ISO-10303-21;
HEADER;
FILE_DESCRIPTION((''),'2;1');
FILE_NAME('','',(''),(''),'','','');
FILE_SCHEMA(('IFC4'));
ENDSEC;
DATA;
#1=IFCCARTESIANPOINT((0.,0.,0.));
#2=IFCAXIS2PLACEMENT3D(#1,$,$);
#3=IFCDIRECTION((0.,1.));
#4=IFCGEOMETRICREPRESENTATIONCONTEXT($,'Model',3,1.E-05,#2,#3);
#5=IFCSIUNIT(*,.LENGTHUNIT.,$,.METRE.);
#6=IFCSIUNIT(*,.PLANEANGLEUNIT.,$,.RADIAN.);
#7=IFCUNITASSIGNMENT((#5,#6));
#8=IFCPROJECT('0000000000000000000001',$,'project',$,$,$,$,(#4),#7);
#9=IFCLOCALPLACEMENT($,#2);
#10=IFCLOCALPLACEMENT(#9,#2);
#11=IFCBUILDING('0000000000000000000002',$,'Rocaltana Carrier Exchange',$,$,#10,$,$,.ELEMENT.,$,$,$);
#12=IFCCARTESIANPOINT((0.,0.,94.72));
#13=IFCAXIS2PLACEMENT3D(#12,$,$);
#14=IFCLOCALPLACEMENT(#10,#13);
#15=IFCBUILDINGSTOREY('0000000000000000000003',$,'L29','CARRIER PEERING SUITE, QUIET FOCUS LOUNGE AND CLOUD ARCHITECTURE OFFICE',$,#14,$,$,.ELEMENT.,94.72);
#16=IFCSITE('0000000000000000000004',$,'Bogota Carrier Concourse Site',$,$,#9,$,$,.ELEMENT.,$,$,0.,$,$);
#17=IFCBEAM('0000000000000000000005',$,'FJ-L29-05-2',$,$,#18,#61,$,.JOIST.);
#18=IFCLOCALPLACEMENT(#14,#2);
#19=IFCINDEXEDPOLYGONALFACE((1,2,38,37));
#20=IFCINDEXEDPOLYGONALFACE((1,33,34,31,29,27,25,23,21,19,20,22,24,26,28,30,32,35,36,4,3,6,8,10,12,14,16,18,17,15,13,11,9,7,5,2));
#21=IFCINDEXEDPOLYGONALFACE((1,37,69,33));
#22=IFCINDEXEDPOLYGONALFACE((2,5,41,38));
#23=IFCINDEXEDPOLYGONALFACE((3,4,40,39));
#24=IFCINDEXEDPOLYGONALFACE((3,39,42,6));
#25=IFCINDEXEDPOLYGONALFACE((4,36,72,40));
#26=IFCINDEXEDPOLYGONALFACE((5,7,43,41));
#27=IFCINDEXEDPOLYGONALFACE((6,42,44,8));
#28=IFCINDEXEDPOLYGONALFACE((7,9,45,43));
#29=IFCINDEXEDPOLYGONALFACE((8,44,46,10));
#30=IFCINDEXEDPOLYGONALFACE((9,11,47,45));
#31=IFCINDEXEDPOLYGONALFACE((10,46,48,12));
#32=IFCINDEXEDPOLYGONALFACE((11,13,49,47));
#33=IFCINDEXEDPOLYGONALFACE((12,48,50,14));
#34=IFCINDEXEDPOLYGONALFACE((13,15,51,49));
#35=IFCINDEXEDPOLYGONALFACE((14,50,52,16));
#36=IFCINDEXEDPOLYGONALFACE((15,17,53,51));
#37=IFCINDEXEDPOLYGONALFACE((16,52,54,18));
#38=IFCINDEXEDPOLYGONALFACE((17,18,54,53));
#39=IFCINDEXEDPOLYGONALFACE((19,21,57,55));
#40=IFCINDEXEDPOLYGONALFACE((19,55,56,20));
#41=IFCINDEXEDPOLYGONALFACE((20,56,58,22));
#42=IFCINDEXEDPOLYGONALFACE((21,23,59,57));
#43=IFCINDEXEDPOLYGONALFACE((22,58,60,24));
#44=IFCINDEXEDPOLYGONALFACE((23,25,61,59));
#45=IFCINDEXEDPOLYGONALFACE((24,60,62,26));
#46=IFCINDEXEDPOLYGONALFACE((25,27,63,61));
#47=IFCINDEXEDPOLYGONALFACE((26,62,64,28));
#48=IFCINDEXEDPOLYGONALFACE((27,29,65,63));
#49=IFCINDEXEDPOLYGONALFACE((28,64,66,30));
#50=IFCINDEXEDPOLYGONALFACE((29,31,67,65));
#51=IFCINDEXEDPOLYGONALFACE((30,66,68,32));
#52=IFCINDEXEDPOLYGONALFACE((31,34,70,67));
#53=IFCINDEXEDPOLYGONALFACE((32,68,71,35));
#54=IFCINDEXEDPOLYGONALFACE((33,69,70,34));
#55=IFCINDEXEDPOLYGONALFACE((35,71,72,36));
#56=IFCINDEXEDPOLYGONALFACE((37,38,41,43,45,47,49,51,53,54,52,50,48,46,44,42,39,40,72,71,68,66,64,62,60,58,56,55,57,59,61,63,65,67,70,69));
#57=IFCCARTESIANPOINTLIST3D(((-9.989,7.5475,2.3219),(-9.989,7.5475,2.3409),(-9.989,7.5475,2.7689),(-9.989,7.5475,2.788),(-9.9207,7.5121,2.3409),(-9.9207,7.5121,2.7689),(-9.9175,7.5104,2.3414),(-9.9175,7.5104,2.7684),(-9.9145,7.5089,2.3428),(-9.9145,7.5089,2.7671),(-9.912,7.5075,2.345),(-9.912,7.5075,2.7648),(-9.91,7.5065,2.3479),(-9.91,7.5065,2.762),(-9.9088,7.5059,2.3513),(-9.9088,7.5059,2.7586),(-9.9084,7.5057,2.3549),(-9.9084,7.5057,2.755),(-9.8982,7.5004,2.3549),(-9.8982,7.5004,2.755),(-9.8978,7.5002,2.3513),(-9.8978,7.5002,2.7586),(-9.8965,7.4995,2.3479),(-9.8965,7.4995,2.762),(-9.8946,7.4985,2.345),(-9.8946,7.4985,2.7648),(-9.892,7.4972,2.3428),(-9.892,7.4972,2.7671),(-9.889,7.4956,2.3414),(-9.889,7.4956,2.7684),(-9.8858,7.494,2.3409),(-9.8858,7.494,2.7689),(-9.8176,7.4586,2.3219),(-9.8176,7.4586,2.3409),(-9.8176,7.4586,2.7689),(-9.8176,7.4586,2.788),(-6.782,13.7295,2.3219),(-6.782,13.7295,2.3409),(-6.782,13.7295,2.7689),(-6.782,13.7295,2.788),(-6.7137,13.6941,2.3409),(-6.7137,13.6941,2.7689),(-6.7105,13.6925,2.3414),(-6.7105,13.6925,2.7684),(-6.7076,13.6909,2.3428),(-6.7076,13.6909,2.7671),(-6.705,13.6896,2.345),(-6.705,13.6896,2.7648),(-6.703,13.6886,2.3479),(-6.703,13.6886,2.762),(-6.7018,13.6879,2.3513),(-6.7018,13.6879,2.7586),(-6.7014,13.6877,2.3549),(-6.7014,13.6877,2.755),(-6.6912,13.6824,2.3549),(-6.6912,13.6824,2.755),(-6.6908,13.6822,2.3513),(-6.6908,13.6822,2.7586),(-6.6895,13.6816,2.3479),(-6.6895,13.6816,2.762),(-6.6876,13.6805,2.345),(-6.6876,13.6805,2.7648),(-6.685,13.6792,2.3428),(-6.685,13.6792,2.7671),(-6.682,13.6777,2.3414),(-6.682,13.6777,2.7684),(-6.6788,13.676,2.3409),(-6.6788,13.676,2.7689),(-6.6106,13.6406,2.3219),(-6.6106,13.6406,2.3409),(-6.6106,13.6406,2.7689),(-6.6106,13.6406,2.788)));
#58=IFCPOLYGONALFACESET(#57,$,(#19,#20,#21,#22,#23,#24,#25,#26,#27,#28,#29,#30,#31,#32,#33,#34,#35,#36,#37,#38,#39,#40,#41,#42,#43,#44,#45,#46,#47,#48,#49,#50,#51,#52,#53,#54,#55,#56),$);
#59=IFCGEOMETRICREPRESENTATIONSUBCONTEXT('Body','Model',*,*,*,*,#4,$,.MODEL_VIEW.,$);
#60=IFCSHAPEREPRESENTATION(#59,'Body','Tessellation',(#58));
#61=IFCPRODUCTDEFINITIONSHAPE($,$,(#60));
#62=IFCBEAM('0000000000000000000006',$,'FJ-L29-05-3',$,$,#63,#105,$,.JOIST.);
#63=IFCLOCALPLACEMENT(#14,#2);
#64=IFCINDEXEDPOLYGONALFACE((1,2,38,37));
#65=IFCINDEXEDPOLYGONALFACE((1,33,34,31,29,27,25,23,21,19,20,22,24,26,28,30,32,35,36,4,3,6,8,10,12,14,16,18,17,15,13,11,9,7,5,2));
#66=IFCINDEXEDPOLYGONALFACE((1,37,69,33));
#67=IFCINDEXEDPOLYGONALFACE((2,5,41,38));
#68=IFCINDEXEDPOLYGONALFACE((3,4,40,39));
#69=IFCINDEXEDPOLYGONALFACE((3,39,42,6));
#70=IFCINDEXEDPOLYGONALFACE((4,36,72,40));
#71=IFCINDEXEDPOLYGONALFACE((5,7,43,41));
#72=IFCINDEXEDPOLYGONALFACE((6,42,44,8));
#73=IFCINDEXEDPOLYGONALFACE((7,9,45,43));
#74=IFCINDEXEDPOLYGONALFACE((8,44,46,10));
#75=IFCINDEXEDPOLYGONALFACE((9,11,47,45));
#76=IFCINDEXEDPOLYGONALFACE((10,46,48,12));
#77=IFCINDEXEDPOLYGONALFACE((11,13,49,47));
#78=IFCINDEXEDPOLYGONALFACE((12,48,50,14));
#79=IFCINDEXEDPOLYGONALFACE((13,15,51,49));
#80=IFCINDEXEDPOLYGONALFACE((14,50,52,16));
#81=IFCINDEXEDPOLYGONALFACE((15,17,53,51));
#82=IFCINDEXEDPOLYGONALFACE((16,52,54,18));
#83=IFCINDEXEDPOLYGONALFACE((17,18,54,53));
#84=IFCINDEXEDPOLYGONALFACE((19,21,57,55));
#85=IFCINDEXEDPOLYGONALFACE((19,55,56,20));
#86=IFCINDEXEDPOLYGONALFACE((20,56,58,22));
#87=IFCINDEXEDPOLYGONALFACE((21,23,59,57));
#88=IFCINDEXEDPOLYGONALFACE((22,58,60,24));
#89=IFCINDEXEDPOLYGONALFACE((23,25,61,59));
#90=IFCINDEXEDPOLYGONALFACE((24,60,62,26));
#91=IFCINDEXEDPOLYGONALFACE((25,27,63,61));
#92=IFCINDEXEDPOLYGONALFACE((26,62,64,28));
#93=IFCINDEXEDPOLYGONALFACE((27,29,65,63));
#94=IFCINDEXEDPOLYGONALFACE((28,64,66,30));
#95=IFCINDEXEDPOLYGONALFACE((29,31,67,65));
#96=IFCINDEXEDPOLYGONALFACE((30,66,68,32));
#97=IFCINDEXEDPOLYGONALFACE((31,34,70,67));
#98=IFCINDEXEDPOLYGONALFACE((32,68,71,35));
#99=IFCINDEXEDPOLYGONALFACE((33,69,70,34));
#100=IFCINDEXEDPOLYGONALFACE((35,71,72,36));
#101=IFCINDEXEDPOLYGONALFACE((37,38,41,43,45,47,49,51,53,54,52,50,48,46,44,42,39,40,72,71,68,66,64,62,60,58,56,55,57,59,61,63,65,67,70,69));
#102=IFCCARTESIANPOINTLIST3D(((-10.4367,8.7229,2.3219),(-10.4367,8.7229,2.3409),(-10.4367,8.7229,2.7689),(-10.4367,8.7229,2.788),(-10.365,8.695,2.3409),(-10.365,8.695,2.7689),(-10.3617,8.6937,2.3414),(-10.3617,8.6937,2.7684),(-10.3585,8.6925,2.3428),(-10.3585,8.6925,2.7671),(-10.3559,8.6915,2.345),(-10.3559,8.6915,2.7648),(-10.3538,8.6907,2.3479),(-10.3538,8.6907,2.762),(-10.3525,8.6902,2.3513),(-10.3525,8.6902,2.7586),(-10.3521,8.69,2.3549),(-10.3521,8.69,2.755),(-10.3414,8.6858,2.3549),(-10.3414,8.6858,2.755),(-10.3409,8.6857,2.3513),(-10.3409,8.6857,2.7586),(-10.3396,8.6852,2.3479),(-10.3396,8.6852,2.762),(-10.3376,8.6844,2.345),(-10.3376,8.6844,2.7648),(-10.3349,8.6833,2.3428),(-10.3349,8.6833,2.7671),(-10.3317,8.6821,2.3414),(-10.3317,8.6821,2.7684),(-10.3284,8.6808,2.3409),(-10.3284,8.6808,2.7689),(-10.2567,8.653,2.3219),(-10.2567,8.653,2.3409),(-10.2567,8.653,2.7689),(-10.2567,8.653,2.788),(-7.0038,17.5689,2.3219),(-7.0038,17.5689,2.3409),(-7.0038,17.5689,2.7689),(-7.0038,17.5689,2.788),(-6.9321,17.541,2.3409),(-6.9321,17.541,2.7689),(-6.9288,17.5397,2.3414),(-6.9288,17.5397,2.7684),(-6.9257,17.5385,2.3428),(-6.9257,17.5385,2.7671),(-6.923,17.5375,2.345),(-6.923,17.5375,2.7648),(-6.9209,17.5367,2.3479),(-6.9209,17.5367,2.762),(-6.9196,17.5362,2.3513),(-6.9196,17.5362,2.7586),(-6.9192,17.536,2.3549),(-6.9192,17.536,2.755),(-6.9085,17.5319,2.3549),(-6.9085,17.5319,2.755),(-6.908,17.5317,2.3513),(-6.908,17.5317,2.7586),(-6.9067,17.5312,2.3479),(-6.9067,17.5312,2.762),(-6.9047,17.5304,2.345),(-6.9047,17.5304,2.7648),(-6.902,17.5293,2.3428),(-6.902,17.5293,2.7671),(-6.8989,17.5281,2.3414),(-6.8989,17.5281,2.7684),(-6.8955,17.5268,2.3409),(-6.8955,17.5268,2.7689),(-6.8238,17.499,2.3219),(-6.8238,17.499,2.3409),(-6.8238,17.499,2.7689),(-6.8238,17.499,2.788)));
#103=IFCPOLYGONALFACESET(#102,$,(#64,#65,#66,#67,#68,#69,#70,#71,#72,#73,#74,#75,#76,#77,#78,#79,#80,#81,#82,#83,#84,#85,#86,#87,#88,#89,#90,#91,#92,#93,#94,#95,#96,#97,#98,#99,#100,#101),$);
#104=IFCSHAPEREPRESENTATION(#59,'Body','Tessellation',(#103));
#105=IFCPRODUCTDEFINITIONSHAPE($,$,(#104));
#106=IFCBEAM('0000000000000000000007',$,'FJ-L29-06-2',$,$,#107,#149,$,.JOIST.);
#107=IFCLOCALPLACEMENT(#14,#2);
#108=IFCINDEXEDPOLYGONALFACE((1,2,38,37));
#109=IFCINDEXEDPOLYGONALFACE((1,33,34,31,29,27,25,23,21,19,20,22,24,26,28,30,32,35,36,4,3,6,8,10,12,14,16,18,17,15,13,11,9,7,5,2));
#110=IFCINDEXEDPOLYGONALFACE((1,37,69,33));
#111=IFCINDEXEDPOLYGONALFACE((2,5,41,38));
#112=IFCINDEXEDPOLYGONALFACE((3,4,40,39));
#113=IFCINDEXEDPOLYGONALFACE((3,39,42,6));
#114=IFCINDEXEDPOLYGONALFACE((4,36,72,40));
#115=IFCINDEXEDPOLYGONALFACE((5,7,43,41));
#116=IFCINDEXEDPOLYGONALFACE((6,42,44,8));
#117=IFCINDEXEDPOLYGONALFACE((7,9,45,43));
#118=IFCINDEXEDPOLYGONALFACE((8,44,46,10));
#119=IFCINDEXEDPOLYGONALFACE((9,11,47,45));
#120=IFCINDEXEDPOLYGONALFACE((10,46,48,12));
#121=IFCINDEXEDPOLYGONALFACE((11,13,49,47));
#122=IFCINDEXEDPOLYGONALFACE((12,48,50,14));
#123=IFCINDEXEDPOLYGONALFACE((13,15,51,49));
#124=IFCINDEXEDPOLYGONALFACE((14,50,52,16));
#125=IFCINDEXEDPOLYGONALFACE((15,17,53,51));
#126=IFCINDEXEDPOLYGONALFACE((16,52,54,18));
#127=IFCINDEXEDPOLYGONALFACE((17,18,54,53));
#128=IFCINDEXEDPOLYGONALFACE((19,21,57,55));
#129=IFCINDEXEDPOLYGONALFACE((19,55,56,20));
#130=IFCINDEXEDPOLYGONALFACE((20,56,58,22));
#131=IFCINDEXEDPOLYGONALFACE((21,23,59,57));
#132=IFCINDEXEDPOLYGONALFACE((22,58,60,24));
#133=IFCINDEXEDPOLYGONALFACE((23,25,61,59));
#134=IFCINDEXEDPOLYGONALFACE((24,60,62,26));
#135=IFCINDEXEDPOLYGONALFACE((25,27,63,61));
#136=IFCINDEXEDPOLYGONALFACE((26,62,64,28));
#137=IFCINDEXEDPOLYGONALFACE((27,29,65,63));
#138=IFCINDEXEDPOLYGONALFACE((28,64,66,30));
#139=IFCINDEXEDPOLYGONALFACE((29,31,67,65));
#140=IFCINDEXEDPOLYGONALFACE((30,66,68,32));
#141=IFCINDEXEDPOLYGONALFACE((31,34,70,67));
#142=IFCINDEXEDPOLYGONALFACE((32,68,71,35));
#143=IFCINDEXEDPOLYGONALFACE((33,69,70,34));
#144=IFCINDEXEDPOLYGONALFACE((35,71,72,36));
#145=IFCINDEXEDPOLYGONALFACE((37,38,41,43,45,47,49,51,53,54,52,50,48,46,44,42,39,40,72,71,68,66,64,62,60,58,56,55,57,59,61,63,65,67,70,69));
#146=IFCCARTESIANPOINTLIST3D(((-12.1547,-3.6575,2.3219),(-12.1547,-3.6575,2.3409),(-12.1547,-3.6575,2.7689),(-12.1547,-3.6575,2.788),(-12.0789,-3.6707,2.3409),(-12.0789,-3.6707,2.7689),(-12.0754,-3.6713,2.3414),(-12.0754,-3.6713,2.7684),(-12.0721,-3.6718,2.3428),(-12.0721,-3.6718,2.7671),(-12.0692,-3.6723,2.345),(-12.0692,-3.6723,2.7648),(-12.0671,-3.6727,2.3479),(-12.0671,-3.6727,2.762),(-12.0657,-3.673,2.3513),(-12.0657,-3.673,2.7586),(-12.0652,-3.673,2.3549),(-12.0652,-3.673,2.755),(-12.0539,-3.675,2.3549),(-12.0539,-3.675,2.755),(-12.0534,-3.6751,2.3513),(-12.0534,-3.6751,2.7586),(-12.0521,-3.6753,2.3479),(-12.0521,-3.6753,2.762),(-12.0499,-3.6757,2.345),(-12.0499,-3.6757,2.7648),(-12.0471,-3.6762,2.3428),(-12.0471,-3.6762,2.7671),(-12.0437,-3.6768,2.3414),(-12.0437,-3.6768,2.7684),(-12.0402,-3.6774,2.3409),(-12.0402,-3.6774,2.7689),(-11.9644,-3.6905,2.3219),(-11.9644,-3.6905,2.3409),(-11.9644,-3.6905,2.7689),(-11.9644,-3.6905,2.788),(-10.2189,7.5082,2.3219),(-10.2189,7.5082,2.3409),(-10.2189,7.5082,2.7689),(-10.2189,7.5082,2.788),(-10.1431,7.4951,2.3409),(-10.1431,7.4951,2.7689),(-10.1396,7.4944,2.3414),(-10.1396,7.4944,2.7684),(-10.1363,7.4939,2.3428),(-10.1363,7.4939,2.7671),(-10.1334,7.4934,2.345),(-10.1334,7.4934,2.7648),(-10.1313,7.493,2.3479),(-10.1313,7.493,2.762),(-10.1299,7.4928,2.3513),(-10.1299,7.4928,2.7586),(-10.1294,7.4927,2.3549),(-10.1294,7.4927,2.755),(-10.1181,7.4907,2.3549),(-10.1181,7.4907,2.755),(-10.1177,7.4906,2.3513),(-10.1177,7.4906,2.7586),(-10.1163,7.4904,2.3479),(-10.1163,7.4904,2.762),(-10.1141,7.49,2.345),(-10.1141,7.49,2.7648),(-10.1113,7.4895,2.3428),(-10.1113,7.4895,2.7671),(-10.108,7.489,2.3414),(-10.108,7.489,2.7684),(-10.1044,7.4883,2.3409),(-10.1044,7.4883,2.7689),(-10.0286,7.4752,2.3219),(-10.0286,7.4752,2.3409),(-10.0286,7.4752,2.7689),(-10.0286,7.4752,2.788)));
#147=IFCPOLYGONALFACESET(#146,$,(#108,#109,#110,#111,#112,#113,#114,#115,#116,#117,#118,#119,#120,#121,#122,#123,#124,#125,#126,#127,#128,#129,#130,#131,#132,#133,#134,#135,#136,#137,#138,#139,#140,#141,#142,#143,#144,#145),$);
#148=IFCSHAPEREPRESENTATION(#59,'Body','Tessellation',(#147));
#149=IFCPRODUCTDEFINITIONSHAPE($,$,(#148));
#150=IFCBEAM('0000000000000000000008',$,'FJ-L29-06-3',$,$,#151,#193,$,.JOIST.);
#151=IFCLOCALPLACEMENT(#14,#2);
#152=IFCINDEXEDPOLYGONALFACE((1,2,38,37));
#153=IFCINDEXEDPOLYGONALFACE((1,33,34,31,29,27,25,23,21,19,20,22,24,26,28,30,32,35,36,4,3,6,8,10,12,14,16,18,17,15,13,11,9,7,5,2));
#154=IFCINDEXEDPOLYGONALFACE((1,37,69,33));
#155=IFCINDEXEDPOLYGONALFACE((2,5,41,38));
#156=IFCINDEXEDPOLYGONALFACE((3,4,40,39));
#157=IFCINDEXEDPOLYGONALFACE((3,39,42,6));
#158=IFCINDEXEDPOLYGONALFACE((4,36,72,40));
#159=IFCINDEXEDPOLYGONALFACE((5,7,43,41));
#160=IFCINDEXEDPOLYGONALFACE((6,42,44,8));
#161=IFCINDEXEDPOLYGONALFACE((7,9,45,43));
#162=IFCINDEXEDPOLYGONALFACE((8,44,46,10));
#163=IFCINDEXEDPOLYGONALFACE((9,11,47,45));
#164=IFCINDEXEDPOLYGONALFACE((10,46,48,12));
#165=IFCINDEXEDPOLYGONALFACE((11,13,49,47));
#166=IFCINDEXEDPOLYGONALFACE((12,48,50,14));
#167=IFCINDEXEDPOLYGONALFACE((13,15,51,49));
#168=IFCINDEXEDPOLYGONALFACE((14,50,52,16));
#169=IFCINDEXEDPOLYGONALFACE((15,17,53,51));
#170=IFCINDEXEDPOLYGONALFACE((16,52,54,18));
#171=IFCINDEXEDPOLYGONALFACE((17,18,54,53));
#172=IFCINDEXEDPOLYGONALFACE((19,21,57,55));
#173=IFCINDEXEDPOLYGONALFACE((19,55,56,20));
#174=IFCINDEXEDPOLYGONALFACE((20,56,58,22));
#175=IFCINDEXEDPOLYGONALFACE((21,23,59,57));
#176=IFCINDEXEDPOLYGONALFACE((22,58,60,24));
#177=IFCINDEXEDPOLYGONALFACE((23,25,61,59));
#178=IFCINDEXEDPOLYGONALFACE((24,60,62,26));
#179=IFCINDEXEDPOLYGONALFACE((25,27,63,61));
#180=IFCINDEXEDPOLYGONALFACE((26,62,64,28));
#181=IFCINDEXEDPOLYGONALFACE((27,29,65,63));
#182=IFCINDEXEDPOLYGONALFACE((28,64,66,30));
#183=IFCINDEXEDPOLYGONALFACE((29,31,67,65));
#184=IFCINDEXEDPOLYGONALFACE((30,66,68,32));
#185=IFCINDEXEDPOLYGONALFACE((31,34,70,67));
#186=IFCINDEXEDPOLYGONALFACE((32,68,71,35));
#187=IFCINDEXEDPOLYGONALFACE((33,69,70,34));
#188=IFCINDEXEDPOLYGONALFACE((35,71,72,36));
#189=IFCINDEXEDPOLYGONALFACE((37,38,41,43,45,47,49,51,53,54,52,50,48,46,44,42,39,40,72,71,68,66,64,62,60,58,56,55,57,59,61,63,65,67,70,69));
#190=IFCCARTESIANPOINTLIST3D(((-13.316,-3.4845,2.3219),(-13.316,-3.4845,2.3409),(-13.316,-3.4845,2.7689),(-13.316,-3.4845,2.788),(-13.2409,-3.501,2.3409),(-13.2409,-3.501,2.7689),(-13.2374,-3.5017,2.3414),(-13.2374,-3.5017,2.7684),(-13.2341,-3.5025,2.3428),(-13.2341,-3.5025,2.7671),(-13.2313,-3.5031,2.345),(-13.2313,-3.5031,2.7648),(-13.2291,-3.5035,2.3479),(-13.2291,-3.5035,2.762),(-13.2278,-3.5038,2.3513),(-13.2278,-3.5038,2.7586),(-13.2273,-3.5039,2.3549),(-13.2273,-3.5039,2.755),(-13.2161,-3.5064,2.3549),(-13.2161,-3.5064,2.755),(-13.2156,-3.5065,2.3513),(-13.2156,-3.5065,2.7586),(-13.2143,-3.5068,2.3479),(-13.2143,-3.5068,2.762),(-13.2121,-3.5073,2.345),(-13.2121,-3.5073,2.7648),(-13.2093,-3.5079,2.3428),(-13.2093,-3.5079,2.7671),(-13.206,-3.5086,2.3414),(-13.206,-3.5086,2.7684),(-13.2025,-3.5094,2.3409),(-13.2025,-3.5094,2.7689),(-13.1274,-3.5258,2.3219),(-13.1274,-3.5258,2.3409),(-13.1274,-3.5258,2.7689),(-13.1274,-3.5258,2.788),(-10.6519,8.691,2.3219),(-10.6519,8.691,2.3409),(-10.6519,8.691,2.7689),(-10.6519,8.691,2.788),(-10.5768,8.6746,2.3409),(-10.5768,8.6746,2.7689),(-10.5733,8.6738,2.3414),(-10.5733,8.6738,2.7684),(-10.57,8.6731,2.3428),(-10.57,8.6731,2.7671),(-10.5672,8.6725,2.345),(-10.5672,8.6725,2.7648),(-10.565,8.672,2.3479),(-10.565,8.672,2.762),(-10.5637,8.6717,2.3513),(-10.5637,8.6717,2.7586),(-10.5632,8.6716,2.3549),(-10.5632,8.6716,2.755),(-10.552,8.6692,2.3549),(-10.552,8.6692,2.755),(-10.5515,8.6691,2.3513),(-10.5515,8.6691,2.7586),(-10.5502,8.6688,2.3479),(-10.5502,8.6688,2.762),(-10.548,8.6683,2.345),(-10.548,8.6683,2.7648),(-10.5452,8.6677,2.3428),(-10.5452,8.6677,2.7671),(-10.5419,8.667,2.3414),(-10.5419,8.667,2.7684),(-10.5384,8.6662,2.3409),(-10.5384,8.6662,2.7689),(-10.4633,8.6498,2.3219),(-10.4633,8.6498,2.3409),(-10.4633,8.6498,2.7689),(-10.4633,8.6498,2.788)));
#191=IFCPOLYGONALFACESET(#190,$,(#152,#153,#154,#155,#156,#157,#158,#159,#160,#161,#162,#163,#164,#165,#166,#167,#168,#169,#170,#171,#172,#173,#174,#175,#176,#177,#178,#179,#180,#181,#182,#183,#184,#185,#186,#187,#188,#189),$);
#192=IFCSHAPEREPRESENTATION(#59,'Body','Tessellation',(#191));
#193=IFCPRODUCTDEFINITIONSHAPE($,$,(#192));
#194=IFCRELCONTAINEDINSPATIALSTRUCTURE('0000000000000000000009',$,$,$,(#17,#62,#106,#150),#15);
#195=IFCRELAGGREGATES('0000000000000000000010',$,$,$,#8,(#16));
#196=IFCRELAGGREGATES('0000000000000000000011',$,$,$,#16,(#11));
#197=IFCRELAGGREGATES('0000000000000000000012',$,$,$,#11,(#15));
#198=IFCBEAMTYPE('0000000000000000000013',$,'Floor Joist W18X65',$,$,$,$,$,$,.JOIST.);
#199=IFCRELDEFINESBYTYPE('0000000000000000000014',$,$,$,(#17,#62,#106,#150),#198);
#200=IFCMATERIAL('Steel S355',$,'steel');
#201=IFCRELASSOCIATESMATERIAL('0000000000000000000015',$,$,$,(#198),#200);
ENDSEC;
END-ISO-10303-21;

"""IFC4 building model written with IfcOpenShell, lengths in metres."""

from ifc_helpers import new_model, si_unit, direction, frame, origin, origin_2d, place, context, subcontext, project, spatial, i_section, extrude, material, material_profile, profile_set, type_object, element, save


model = new_model("IFC4")

# Units and contexts
model_context = context("Model", 3, precision=1e-05, world=origin(), true_north=direction((0.0, 1.0)))
body_context = subcontext(model_context, "Body", "Model", "MODEL_VIEW")
ifc_project = project(units=[si_unit("LENGTHUNIT", "METRE"), si_unit("PLANEANGLEUNIT", "RADIAN")], contexts=[model_context])

# Site, building, storey
site_placement = place(None, origin())
site = spatial("IfcSite", under=ifc_project, at=site_placement, Name="Bogota Carrier Concourse Site", CompositionType="ELEMENT", RefElevation=0.0)
building_placement = place(site_placement, origin())
building = spatial("IfcBuilding", under=site, at=building_placement, Name="Rocaltana Carrier Exchange", CompositionType="ELEMENT")
storey_placement = place(building_placement, frame((0.0, 0.0, 94.72)))
storey = spatial("IfcBuildingStorey", under=building, at=storey_placement, Name="L29", Description="CARRIER PEERING SUITE, QUIET FOCUS LOUNGE AND CLOUD ARCHITECTURE OFFICE", CompositionType="ELEMENT", Elevation=94.72)

# Beams
ifc_material_1 = material(Name="Steel S355", Category="steel")
ifc_material_profile_1 = material_profile(ifc_material_1, i_section(OverallWidth=0.1931, OverallDepth=0.4661, WebThickness=0.0115, FlangeThickness=0.019, FilletRadius=0.0139, at=origin_2d()), Name="W18X65")
ifc_profile_set_1 = profile_set([ifc_material_profile_1], Name="Steel S355")
beam_type_1 = type_object("IfcBeamType", Name="Floor Joist W18X65", PredefinedType="JOIST", material=ifc_profile_set_1)
beam_1_placement = place(storey_placement, frame((-6.6963, 13.6851, 2.5549), z_axis=(-0.460485, -0.887668, 0.0), x_axis=(0.887668, -0.460485, 0.0)))
element("IfcBeam", 1, at=beam_1_placement, inside=storey, type_object=beam_type_1, Name="FJ-L29-05-2", PredefinedType="JOIST", context=body_context, shape_type="SweptSolid", body=[
    extrude(i_section(OverallWidth=0.1931, OverallDepth=0.4661, WebThickness=0.0115, FlangeThickness=0.019, FilletRadius=0.0139, at=origin_2d()), origin(), (0.0, 0.0, 1.0), 6.9644),
])
beam_2_placement = place(storey_placement, frame((-6.9138, 17.5339, 2.5549), z_axis=(-0.361784, -0.932262, 0.0), x_axis=(0.932262, -0.361784, 0.0)))
element("IfcBeam", 2, at=beam_2_placement, inside=storey, type_object=beam_type_1, Name="FJ-L29-05-3", PredefinedType="JOIST", context=body_context, shape_type="SweptSolid", body=[
    extrude(i_section(OverallWidth=0.1931, OverallDepth=0.4661, WebThickness=0.0115, FlangeThickness=0.019, FilletRadius=0.0139, at=origin_2d()), origin(), (0.0, 0.0, 1.0), 9.4888),
])
beam_3_placement = place(storey_placement, frame((-10.1238, 7.4917, 2.5549), z_axis=(-0.17082, -0.985302, 0.0), x_axis=(0.985302, -0.17082, 0.0)))
element("IfcBeam", 3, at=beam_3_placement, inside=storey, type_object=beam_type_1, Name="FJ-L29-06-2", PredefinedType="JOIST", context=body_context, shape_type="SweptSolid", body=[
    extrude(i_section(OverallWidth=0.1931, OverallDepth=0.4661, WebThickness=0.0115, FlangeThickness=0.019, FilletRadius=0.0139, at=origin_2d()), origin(), (0.0, 0.0, 1.0), 11.3323),
])
beam_4_placement = place(storey_placement, frame((-10.5576, 8.6704, 2.5549), z_axis=(-0.213748, -0.976889, 0.0), x_axis=(0.976889, -0.213748, 0.0)))
element("IfcBeam", 4, at=beam_4_placement, inside=storey, type_object=beam_type_1, Name="FJ-L29-06-3", PredefinedType="JOIST", context=body_context, shape_type="SweptSolid", body=[
    extrude(i_section(OverallWidth=0.1931, OverallDepth=0.4661, WebThickness=0.0115, FlangeThickness=0.019, FilletRadius=0.0139, at=origin_2d()), origin(), (0.0, 0.0, 1.0), 12.4636),
])

save(model, "model.ifc")
